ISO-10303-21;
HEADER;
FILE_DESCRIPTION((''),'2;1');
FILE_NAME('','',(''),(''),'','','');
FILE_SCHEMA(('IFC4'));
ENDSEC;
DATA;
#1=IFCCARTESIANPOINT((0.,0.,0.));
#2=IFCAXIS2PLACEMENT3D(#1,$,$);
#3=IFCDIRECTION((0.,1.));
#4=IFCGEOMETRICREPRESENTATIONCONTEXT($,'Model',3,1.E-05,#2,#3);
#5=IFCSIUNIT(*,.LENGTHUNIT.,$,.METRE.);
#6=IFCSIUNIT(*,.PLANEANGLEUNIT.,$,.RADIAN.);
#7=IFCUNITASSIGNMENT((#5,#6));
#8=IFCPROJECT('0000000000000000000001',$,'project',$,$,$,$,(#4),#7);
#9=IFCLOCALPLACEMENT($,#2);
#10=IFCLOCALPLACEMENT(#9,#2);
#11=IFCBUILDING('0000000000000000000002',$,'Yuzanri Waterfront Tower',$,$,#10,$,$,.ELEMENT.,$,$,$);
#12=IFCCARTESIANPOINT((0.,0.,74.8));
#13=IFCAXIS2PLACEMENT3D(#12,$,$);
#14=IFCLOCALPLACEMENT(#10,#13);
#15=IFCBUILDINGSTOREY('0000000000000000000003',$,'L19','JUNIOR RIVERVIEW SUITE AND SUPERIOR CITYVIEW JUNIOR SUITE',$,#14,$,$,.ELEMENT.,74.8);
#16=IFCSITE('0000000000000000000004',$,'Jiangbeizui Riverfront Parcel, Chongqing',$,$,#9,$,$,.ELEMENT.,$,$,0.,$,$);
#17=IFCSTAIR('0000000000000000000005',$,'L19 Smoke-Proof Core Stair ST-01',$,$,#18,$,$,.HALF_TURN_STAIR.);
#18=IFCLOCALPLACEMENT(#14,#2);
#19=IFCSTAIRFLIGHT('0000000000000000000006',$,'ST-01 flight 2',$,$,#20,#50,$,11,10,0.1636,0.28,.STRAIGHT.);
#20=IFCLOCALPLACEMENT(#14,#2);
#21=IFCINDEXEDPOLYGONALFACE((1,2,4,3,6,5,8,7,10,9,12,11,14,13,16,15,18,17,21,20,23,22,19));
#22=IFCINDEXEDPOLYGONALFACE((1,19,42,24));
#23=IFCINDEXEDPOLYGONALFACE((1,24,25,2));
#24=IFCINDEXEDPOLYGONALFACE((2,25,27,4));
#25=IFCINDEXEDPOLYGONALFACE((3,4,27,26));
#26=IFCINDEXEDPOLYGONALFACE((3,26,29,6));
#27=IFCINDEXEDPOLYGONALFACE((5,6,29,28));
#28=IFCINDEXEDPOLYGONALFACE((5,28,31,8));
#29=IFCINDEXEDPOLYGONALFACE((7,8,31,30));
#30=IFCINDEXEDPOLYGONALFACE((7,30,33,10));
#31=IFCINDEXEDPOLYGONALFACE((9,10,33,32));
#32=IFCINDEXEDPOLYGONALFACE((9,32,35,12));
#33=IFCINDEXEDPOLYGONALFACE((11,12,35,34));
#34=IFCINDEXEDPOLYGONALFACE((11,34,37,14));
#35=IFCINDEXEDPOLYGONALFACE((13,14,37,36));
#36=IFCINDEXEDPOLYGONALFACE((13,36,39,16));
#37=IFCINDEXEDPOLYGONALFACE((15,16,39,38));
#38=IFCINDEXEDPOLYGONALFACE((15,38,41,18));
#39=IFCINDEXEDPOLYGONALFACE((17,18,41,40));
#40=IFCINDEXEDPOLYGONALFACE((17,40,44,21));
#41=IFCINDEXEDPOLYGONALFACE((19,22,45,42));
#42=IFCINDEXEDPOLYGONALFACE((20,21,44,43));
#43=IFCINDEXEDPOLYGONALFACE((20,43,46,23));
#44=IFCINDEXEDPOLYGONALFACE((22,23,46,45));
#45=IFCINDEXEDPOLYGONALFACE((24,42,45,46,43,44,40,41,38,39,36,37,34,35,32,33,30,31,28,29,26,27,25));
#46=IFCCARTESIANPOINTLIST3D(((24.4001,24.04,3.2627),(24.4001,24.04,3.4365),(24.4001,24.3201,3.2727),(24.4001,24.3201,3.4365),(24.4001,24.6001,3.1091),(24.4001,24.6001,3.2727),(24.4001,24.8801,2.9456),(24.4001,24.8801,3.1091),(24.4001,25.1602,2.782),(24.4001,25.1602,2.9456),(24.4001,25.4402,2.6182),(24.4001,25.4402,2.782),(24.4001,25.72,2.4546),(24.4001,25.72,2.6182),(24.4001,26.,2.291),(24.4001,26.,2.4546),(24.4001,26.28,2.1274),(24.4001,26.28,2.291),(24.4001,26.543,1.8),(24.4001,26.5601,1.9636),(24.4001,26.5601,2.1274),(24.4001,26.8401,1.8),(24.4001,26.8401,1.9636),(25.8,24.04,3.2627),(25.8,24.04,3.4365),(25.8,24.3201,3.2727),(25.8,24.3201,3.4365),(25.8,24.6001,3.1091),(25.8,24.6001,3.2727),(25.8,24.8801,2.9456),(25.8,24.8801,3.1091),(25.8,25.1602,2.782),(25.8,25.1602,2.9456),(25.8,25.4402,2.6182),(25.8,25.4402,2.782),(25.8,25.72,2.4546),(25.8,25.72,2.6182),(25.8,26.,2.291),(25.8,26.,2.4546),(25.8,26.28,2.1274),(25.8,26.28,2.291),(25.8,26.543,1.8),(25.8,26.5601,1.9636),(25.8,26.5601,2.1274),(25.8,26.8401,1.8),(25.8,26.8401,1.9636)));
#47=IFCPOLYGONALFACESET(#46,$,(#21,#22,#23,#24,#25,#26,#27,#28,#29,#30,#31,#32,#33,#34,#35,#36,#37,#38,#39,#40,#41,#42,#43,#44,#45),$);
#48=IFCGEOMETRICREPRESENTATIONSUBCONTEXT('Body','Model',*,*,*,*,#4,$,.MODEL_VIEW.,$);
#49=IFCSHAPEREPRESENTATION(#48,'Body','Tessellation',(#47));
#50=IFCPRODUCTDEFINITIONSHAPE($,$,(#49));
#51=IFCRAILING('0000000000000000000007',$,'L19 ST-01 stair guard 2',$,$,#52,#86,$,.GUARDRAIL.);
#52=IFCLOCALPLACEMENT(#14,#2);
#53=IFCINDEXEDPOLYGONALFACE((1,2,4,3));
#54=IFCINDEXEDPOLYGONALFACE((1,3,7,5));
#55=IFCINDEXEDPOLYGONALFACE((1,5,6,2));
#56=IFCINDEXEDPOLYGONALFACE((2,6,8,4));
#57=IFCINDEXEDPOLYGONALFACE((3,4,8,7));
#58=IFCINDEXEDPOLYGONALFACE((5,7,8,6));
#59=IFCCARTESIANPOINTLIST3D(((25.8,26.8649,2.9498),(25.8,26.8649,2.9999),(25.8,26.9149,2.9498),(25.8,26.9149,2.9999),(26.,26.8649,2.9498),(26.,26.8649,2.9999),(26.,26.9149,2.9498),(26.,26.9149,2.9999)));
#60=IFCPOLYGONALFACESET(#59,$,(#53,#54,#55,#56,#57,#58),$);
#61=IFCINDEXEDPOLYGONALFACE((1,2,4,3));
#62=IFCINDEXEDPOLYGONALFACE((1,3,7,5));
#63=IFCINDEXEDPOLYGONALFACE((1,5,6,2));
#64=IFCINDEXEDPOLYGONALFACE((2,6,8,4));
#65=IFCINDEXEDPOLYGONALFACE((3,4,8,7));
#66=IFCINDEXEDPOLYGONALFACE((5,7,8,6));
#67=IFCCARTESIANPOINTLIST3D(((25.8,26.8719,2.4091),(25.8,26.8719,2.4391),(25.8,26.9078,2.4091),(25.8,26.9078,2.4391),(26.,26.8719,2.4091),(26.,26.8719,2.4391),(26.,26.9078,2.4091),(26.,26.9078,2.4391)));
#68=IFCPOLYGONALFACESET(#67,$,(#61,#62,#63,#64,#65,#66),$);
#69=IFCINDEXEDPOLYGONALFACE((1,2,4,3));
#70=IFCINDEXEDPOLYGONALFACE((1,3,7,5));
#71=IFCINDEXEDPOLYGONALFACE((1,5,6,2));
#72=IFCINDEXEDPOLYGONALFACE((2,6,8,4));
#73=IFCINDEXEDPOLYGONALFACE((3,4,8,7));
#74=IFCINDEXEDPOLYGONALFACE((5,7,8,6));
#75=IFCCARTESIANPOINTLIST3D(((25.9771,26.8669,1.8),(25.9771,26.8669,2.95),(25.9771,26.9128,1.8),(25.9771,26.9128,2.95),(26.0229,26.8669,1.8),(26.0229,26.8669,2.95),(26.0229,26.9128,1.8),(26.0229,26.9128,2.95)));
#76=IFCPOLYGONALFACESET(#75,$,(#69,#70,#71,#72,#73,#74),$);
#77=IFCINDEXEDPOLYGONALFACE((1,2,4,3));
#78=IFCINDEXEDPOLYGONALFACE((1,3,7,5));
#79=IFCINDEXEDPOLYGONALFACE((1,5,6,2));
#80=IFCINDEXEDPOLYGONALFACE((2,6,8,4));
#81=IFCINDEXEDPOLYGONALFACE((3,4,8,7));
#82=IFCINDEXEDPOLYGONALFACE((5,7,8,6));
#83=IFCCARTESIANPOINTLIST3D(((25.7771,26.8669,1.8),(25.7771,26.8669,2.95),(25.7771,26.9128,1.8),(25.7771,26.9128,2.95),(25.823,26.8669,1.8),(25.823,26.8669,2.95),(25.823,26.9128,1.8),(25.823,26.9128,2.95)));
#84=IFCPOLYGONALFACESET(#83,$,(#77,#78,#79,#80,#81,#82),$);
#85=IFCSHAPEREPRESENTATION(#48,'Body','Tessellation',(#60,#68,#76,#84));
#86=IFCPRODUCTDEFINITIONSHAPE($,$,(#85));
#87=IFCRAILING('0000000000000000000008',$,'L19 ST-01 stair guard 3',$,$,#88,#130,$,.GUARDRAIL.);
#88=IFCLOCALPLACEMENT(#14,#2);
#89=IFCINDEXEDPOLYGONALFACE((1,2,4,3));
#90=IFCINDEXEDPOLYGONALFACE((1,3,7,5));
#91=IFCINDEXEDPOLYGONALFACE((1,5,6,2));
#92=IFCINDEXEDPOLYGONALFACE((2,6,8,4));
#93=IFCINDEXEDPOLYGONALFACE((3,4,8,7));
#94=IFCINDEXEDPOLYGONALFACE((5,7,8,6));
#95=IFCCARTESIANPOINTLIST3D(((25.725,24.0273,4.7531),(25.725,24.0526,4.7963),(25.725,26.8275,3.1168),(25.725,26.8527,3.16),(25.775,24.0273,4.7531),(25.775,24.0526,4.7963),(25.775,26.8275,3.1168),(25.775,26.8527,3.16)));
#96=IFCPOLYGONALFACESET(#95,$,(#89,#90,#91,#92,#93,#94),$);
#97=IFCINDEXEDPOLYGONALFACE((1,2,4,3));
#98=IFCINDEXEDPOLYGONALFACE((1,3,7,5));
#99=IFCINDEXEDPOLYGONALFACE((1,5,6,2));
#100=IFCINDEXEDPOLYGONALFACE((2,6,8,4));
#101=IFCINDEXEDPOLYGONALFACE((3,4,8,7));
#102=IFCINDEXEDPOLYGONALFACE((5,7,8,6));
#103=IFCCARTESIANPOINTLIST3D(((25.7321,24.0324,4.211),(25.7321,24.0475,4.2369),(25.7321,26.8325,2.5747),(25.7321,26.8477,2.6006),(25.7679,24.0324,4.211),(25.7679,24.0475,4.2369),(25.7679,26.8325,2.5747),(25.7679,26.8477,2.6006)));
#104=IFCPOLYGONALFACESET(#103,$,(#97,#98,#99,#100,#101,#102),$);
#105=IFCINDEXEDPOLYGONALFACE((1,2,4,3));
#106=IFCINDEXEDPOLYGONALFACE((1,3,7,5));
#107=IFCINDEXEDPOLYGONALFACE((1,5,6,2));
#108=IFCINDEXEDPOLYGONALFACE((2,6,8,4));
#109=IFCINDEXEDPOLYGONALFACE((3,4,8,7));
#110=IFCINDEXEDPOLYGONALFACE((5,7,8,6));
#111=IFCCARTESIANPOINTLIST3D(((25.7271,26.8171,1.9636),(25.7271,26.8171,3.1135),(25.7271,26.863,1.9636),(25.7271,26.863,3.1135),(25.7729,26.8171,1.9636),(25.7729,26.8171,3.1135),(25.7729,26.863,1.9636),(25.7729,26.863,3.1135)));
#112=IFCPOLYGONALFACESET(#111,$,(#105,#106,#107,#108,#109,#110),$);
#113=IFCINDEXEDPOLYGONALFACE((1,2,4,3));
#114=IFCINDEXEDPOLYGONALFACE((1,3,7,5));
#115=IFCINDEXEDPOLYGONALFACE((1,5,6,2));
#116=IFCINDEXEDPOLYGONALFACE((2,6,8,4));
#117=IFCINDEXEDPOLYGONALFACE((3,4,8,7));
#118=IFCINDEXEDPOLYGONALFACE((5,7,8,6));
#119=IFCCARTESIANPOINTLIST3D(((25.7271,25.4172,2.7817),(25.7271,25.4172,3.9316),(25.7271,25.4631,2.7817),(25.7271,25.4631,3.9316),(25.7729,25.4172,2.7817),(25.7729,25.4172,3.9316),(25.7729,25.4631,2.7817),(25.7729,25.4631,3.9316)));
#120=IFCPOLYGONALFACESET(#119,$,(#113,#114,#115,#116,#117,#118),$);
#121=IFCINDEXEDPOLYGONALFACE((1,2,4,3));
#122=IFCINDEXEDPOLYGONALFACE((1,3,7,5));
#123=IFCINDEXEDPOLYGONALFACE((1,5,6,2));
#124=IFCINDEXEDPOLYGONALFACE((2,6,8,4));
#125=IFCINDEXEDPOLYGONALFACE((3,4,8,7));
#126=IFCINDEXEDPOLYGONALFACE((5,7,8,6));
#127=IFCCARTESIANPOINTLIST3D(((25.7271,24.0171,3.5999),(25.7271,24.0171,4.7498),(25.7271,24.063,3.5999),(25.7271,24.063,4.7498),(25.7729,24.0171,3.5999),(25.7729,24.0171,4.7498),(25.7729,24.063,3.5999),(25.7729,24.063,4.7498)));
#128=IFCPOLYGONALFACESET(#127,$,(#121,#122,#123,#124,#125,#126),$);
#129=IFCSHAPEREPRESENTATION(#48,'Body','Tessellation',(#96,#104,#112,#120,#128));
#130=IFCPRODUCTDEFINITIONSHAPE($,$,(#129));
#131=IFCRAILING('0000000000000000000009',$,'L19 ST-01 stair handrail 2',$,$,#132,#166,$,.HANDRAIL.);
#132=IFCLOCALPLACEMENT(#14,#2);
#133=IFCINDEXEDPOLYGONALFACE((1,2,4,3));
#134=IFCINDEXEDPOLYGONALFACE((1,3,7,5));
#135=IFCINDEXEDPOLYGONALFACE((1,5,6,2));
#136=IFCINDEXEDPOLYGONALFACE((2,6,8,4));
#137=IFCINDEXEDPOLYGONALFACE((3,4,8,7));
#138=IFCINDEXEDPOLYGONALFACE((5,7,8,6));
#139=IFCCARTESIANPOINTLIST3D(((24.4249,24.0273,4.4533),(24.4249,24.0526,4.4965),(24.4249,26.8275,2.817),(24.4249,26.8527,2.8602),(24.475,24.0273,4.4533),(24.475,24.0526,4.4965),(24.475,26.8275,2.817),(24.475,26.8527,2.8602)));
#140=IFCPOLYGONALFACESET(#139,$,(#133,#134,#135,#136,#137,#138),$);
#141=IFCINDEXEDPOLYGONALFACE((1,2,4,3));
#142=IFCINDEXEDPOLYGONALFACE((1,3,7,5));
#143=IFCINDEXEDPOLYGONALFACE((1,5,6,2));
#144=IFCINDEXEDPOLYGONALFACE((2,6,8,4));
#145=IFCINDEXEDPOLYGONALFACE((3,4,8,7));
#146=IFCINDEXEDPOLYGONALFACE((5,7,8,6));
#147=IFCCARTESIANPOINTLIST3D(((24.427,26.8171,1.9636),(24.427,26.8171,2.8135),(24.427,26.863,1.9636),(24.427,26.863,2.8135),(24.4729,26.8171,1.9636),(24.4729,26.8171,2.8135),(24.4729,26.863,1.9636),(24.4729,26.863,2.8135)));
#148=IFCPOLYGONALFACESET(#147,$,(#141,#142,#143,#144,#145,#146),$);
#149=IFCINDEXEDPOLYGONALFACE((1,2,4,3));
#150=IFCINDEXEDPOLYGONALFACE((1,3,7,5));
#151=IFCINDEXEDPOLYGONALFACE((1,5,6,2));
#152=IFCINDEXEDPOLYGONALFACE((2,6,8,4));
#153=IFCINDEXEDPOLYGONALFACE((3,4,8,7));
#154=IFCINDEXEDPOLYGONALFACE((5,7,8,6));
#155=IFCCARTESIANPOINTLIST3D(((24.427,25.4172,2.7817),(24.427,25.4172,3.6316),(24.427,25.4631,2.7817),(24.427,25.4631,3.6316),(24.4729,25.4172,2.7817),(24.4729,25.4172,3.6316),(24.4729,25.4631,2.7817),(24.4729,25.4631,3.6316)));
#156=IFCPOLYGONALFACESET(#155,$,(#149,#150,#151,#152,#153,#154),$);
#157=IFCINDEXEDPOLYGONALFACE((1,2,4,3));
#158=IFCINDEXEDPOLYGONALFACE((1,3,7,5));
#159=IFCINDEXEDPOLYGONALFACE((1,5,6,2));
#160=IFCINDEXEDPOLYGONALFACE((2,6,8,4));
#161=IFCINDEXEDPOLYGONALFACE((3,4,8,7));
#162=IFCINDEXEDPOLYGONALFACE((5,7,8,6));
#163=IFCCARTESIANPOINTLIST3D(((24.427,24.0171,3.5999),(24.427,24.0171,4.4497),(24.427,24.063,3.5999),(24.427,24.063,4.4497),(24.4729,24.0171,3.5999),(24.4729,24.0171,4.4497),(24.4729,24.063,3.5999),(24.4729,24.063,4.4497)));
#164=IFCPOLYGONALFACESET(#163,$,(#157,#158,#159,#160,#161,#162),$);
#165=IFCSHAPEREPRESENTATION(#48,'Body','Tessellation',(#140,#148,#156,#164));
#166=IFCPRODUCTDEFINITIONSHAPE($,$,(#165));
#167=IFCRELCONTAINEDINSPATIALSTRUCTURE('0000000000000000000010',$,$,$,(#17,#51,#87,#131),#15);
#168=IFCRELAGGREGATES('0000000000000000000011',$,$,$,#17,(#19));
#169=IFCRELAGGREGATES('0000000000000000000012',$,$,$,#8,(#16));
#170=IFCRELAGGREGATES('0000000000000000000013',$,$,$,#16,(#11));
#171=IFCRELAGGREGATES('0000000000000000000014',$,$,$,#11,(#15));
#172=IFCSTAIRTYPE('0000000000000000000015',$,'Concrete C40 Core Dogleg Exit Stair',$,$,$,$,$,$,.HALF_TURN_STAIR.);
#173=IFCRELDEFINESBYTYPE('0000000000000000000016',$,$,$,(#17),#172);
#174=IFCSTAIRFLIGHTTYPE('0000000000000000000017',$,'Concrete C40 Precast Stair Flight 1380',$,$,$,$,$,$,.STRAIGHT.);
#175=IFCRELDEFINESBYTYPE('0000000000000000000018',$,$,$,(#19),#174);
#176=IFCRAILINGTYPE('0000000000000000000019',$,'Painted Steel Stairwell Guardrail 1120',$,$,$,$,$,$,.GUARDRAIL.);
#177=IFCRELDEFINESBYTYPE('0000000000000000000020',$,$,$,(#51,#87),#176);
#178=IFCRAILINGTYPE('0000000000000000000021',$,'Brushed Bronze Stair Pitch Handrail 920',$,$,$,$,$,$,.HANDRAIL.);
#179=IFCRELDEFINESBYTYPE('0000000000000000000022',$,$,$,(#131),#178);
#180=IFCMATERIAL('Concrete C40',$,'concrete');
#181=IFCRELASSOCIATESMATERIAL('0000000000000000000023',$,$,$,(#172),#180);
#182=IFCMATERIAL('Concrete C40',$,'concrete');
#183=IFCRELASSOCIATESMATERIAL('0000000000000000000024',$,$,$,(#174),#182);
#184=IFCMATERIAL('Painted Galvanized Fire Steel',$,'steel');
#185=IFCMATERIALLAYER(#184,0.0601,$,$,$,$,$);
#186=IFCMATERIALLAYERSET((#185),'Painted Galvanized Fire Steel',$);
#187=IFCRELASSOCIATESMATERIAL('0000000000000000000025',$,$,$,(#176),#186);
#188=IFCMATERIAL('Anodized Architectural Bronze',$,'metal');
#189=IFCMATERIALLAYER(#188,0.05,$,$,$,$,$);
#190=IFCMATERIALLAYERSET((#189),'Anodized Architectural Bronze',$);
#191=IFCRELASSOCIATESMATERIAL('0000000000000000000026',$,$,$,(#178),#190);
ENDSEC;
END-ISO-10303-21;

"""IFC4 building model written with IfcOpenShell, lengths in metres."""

from ifc_helpers import new_model, si_unit, direction, frame, origin, origin_2d, place, context, subcontext, project, spatial, polyline, rectangle, outline, extrude, source, transform, mapped, material, layer, layer_set, type_object, element, aggregate, save


model = new_model("IFC4")

# Units and contexts
model_context = context("Model", 3, precision=1e-05, world=origin(), true_north=direction((0.0, 1.0)))
body_context = subcontext(model_context, "Body", "Model", "MODEL_VIEW")
ifc_project = project(units=[si_unit("LENGTHUNIT", "METRE"), si_unit("PLANEANGLEUNIT", "RADIAN")], contexts=[model_context])

# Site, building, storey
site_placement = place(None, origin())
site = spatial("IfcSite", under=ifc_project, at=site_placement, Name="Jiangbeizui Riverfront Parcel, Chongqing", CompositionType="ELEMENT", RefElevation=0.0)
building_placement = place(site_placement, origin())
building = spatial("IfcBuilding", under=site, at=building_placement, Name="Yuzanri Waterfront Tower", CompositionType="ELEMENT")
storey_placement = place(building_placement, frame((0.0, 0.0, 74.8)))
storey = spatial("IfcBuildingStorey", under=building, at=storey_placement, Name="L19", Description="JUNIOR RIVERVIEW SUITE AND SUPERIOR CITYVIEW JUNIOR SUITE", CompositionType="ELEMENT", Elevation=74.8)

# Stair, stair flight
ifc_material_1 = material(Name="Concrete C40", Category="concrete")
stair_type = type_object("IfcStairType", Name="Concrete C40 Core Dogleg Exit Stair", PredefinedType="HALF_TURN_STAIR", material=ifc_material_1)
stair_placement = place(storey_placement, origin())
stair = element("IfcStair", 1, at=stair_placement, inside=storey, type_object=stair_type, Name="L19 Smoke-Proof Core Stair ST-01", PredefinedType="HALF_TURN_STAIR")
ifc_material_2 = material(Name="Concrete C40", Category="concrete")
stair_flight_type = type_object("IfcStairFlightType", Name="Concrete C40 Precast Stair Flight 1380", PredefinedType="STRAIGHT", material=ifc_material_2)
shared_shape_1 = source(origin(), body_context, "Body", "SweptSolid", [
    extrude(outline(polyline([(0.0, 0.0), (0.0, 0.1636), (0.28, 0.1636), (0.28, 0.3274), (0.5601, 0.3274), (0.5601, 0.491), (0.8401, 0.491), (0.8401, 0.6545), (1.1201, 0.6545), (1.1201, 0.8181), (1.3999, 0.8181), (1.3999, 0.9819), (1.6799, 0.9819), (1.6799, 1.1455), (1.96, 1.1455), (1.96, 1.3091), (2.24, 1.3091), (2.24, 1.4727), (2.52, 1.4727), (2.52, 1.6365), (2.8, 1.6365), (2.8, 1.8), (2.8, 1.4626), (0.2971, 0.0), (0.0, 0.0)])), frame((0.0, 0.7, 0.0), z_axis=(0.0, -1.0, 0.0), x_axis=(1.0, 0.0, 0.0)), (0.0, 0.0, 1.0), 1.3999),
])
stair_flight_placement = place(storey_placement, frame((25.1001, 26.8401, 1.8), z_axis=(0.0, 0.0, 1.0), x_axis=(0.0, -1.0, 0.0)))
stair_flight = element("IfcStairFlight", 2, at=stair_flight_placement, type_object=stair_flight_type, Name="ST-01 flight 2", NumberOfRisers=11, NumberOfTreads=10, PredefinedType="STRAIGHT", RiserHeight=0.1636, TreadLength=0.28, context=body_context, shape_type="MappedRepresentation", body=[
    mapped(shared_shape_1, transform((0.0, 0.0, 0.0), scale=1.0)),
])
aggregate(stair, [stair_flight])

# Railings
ifc_material_3 = material(Name="Painted Galvanized Fire Steel", Category="steel")
ifc_layer_1 = layer(ifc_material_3, 0.0601)
ifc_layer_set_1 = layer_set([ifc_layer_1], Name="Painted Galvanized Fire Steel")
railing_type_1 = type_object("IfcRailingType", Name="Painted Steel Stairwell Guardrail 1120", PredefinedType="GUARDRAIL", material=ifc_layer_set_1)
shared_shape_2 = source(origin(), body_context, "Body", "SweptSolid", [
    extrude(rectangle(XDim=0.05, YDim=0.05, at=origin_2d()), frame((0.0, 0.0, 1.1748), z_axis=(-1.0, 0.0, 0.0), x_axis=(0.0, -1.0, 0.0)), (0.0, 0.0, 1.0), 0.2),
    extrude(rectangle(XDim=0.0359, YDim=0.03, at=origin_2d()), frame((0.0, 0.0, 0.624), z_axis=(-1.0, 0.0, 0.0), x_axis=(0.0, -1.0, 0.0)), (0.0, 0.0, 1.0), 0.2),
    extrude(rectangle(XDim=0.0459, YDim=0.0459, at=origin_2d()), origin(), (0.0, 0.0, 1.0), 1.1499),
    extrude(rectangle(XDim=0.0459, YDim=0.0459, at=origin_2d()), frame((-0.2, 0.0, 0.0)), (0.0, 0.0, 1.0), 1.1499),
])
railing_1_placement = place(storey_placement, frame((26.0, 26.8899, 1.8)))
element("IfcRailing", 3, at=railing_1_placement, inside=storey, type_object=railing_type_1, Name="L19 ST-01 stair guard 2", PredefinedType="GUARDRAIL", context=body_context, shape_type="MappedRepresentation", body=[
    mapped(shared_shape_2, transform((0.0, 0.0, 0.0), scale=1.0)),
])
shared_shape_3 = source(origin(), body_context, "Body", "SweptSolid", [
    extrude(rectangle(XDim=0.05, YDim=0.05, at=origin_2d()), frame((0.0, 0.0, 1.1748), z_axis=(0.0, -0.863394, 0.504531), x_axis=(1.0, 0.0, 0.0)), (0.0, 0.0, 1.0), 3.2432),
    extrude(rectangle(XDim=0.0359, YDim=0.03, at=origin_2d()), frame((0.0, 0.0, 0.624), z_axis=(0.0, -0.863394, 0.504531), x_axis=(1.0, 0.0, 0.0)), (0.0, 0.0, 1.0), 3.2432),
    extrude(rectangle(XDim=0.0459, YDim=0.0459, at=origin_2d()), origin(), (0.0, 0.0, 1.0), 1.1499),
    extrude(rectangle(XDim=0.0459, YDim=0.0459, at=origin_2d()), frame((0.0, -1.3999, 0.8181)), (0.0, 0.0, 1.0), 1.1499),
    extrude(rectangle(XDim=0.0459, YDim=0.0459, at=origin_2d()), frame((0.0, -2.8, 1.6362)), (0.0, 0.0, 1.0), 1.1499),
])
railing_2_placement = place(storey_placement, frame((25.75, 26.8401, 1.9636)))
element("IfcRailing", 4, at=railing_2_placement, inside=storey, type_object=railing_type_1, Name="L19 ST-01 stair guard 3", PredefinedType="GUARDRAIL", context=body_context, shape_type="MappedRepresentation", body=[
    mapped(shared_shape_3, transform((0.0, 0.0, 0.0), scale=1.0)),
])
ifc_material_4 = material(Name="Anodized Architectural Bronze", Category="metal")
ifc_layer_2 = layer(ifc_material_4, 0.05)
ifc_layer_set_2 = layer_set([ifc_layer_2], Name="Anodized Architectural Bronze")
railing_type_2 = type_object("IfcRailingType", Name="Brushed Bronze Stair Pitch Handrail 920", PredefinedType="HANDRAIL", material=ifc_layer_set_2)
shared_shape_4 = source(origin(), body_context, "Body", "SweptSolid", [
    extrude(rectangle(XDim=0.05, YDim=0.05, at=origin_2d()), frame((0.0, 0.0, 0.875), z_axis=(0.0, -0.863394, 0.504531), x_axis=(1.0, 0.0, 0.0)), (0.0, 0.0, 1.0), 3.2432),
    extrude(rectangle(XDim=0.0459, YDim=0.0459, at=origin_2d()), origin(), (0.0, 0.0, 1.0), 0.8499),
    extrude(rectangle(XDim=0.0459, YDim=0.0459, at=origin_2d()), frame((0.0, -1.3999, 0.8181)), (0.0, 0.0, 1.0), 0.8499),
    extrude(rectangle(XDim=0.0459, YDim=0.0459, at=origin_2d()), frame((0.0, -2.8, 1.6362)), (0.0, 0.0, 1.0), 0.8499),
])
railing_3_placement = place(storey_placement, frame((24.45, 26.8401, 1.9636)))
element("IfcRailing", 5, at=railing_3_placement, inside=storey, type_object=railing_type_2, Name="L19 ST-01 stair handrail 2", PredefinedType="HANDRAIL", context=body_context, shape_type="MappedRepresentation", body=[
    mapped(shared_shape_4, transform((0.0, 0.0, 0.0), scale=1.0)),
])

save(model, "model.ifc")
